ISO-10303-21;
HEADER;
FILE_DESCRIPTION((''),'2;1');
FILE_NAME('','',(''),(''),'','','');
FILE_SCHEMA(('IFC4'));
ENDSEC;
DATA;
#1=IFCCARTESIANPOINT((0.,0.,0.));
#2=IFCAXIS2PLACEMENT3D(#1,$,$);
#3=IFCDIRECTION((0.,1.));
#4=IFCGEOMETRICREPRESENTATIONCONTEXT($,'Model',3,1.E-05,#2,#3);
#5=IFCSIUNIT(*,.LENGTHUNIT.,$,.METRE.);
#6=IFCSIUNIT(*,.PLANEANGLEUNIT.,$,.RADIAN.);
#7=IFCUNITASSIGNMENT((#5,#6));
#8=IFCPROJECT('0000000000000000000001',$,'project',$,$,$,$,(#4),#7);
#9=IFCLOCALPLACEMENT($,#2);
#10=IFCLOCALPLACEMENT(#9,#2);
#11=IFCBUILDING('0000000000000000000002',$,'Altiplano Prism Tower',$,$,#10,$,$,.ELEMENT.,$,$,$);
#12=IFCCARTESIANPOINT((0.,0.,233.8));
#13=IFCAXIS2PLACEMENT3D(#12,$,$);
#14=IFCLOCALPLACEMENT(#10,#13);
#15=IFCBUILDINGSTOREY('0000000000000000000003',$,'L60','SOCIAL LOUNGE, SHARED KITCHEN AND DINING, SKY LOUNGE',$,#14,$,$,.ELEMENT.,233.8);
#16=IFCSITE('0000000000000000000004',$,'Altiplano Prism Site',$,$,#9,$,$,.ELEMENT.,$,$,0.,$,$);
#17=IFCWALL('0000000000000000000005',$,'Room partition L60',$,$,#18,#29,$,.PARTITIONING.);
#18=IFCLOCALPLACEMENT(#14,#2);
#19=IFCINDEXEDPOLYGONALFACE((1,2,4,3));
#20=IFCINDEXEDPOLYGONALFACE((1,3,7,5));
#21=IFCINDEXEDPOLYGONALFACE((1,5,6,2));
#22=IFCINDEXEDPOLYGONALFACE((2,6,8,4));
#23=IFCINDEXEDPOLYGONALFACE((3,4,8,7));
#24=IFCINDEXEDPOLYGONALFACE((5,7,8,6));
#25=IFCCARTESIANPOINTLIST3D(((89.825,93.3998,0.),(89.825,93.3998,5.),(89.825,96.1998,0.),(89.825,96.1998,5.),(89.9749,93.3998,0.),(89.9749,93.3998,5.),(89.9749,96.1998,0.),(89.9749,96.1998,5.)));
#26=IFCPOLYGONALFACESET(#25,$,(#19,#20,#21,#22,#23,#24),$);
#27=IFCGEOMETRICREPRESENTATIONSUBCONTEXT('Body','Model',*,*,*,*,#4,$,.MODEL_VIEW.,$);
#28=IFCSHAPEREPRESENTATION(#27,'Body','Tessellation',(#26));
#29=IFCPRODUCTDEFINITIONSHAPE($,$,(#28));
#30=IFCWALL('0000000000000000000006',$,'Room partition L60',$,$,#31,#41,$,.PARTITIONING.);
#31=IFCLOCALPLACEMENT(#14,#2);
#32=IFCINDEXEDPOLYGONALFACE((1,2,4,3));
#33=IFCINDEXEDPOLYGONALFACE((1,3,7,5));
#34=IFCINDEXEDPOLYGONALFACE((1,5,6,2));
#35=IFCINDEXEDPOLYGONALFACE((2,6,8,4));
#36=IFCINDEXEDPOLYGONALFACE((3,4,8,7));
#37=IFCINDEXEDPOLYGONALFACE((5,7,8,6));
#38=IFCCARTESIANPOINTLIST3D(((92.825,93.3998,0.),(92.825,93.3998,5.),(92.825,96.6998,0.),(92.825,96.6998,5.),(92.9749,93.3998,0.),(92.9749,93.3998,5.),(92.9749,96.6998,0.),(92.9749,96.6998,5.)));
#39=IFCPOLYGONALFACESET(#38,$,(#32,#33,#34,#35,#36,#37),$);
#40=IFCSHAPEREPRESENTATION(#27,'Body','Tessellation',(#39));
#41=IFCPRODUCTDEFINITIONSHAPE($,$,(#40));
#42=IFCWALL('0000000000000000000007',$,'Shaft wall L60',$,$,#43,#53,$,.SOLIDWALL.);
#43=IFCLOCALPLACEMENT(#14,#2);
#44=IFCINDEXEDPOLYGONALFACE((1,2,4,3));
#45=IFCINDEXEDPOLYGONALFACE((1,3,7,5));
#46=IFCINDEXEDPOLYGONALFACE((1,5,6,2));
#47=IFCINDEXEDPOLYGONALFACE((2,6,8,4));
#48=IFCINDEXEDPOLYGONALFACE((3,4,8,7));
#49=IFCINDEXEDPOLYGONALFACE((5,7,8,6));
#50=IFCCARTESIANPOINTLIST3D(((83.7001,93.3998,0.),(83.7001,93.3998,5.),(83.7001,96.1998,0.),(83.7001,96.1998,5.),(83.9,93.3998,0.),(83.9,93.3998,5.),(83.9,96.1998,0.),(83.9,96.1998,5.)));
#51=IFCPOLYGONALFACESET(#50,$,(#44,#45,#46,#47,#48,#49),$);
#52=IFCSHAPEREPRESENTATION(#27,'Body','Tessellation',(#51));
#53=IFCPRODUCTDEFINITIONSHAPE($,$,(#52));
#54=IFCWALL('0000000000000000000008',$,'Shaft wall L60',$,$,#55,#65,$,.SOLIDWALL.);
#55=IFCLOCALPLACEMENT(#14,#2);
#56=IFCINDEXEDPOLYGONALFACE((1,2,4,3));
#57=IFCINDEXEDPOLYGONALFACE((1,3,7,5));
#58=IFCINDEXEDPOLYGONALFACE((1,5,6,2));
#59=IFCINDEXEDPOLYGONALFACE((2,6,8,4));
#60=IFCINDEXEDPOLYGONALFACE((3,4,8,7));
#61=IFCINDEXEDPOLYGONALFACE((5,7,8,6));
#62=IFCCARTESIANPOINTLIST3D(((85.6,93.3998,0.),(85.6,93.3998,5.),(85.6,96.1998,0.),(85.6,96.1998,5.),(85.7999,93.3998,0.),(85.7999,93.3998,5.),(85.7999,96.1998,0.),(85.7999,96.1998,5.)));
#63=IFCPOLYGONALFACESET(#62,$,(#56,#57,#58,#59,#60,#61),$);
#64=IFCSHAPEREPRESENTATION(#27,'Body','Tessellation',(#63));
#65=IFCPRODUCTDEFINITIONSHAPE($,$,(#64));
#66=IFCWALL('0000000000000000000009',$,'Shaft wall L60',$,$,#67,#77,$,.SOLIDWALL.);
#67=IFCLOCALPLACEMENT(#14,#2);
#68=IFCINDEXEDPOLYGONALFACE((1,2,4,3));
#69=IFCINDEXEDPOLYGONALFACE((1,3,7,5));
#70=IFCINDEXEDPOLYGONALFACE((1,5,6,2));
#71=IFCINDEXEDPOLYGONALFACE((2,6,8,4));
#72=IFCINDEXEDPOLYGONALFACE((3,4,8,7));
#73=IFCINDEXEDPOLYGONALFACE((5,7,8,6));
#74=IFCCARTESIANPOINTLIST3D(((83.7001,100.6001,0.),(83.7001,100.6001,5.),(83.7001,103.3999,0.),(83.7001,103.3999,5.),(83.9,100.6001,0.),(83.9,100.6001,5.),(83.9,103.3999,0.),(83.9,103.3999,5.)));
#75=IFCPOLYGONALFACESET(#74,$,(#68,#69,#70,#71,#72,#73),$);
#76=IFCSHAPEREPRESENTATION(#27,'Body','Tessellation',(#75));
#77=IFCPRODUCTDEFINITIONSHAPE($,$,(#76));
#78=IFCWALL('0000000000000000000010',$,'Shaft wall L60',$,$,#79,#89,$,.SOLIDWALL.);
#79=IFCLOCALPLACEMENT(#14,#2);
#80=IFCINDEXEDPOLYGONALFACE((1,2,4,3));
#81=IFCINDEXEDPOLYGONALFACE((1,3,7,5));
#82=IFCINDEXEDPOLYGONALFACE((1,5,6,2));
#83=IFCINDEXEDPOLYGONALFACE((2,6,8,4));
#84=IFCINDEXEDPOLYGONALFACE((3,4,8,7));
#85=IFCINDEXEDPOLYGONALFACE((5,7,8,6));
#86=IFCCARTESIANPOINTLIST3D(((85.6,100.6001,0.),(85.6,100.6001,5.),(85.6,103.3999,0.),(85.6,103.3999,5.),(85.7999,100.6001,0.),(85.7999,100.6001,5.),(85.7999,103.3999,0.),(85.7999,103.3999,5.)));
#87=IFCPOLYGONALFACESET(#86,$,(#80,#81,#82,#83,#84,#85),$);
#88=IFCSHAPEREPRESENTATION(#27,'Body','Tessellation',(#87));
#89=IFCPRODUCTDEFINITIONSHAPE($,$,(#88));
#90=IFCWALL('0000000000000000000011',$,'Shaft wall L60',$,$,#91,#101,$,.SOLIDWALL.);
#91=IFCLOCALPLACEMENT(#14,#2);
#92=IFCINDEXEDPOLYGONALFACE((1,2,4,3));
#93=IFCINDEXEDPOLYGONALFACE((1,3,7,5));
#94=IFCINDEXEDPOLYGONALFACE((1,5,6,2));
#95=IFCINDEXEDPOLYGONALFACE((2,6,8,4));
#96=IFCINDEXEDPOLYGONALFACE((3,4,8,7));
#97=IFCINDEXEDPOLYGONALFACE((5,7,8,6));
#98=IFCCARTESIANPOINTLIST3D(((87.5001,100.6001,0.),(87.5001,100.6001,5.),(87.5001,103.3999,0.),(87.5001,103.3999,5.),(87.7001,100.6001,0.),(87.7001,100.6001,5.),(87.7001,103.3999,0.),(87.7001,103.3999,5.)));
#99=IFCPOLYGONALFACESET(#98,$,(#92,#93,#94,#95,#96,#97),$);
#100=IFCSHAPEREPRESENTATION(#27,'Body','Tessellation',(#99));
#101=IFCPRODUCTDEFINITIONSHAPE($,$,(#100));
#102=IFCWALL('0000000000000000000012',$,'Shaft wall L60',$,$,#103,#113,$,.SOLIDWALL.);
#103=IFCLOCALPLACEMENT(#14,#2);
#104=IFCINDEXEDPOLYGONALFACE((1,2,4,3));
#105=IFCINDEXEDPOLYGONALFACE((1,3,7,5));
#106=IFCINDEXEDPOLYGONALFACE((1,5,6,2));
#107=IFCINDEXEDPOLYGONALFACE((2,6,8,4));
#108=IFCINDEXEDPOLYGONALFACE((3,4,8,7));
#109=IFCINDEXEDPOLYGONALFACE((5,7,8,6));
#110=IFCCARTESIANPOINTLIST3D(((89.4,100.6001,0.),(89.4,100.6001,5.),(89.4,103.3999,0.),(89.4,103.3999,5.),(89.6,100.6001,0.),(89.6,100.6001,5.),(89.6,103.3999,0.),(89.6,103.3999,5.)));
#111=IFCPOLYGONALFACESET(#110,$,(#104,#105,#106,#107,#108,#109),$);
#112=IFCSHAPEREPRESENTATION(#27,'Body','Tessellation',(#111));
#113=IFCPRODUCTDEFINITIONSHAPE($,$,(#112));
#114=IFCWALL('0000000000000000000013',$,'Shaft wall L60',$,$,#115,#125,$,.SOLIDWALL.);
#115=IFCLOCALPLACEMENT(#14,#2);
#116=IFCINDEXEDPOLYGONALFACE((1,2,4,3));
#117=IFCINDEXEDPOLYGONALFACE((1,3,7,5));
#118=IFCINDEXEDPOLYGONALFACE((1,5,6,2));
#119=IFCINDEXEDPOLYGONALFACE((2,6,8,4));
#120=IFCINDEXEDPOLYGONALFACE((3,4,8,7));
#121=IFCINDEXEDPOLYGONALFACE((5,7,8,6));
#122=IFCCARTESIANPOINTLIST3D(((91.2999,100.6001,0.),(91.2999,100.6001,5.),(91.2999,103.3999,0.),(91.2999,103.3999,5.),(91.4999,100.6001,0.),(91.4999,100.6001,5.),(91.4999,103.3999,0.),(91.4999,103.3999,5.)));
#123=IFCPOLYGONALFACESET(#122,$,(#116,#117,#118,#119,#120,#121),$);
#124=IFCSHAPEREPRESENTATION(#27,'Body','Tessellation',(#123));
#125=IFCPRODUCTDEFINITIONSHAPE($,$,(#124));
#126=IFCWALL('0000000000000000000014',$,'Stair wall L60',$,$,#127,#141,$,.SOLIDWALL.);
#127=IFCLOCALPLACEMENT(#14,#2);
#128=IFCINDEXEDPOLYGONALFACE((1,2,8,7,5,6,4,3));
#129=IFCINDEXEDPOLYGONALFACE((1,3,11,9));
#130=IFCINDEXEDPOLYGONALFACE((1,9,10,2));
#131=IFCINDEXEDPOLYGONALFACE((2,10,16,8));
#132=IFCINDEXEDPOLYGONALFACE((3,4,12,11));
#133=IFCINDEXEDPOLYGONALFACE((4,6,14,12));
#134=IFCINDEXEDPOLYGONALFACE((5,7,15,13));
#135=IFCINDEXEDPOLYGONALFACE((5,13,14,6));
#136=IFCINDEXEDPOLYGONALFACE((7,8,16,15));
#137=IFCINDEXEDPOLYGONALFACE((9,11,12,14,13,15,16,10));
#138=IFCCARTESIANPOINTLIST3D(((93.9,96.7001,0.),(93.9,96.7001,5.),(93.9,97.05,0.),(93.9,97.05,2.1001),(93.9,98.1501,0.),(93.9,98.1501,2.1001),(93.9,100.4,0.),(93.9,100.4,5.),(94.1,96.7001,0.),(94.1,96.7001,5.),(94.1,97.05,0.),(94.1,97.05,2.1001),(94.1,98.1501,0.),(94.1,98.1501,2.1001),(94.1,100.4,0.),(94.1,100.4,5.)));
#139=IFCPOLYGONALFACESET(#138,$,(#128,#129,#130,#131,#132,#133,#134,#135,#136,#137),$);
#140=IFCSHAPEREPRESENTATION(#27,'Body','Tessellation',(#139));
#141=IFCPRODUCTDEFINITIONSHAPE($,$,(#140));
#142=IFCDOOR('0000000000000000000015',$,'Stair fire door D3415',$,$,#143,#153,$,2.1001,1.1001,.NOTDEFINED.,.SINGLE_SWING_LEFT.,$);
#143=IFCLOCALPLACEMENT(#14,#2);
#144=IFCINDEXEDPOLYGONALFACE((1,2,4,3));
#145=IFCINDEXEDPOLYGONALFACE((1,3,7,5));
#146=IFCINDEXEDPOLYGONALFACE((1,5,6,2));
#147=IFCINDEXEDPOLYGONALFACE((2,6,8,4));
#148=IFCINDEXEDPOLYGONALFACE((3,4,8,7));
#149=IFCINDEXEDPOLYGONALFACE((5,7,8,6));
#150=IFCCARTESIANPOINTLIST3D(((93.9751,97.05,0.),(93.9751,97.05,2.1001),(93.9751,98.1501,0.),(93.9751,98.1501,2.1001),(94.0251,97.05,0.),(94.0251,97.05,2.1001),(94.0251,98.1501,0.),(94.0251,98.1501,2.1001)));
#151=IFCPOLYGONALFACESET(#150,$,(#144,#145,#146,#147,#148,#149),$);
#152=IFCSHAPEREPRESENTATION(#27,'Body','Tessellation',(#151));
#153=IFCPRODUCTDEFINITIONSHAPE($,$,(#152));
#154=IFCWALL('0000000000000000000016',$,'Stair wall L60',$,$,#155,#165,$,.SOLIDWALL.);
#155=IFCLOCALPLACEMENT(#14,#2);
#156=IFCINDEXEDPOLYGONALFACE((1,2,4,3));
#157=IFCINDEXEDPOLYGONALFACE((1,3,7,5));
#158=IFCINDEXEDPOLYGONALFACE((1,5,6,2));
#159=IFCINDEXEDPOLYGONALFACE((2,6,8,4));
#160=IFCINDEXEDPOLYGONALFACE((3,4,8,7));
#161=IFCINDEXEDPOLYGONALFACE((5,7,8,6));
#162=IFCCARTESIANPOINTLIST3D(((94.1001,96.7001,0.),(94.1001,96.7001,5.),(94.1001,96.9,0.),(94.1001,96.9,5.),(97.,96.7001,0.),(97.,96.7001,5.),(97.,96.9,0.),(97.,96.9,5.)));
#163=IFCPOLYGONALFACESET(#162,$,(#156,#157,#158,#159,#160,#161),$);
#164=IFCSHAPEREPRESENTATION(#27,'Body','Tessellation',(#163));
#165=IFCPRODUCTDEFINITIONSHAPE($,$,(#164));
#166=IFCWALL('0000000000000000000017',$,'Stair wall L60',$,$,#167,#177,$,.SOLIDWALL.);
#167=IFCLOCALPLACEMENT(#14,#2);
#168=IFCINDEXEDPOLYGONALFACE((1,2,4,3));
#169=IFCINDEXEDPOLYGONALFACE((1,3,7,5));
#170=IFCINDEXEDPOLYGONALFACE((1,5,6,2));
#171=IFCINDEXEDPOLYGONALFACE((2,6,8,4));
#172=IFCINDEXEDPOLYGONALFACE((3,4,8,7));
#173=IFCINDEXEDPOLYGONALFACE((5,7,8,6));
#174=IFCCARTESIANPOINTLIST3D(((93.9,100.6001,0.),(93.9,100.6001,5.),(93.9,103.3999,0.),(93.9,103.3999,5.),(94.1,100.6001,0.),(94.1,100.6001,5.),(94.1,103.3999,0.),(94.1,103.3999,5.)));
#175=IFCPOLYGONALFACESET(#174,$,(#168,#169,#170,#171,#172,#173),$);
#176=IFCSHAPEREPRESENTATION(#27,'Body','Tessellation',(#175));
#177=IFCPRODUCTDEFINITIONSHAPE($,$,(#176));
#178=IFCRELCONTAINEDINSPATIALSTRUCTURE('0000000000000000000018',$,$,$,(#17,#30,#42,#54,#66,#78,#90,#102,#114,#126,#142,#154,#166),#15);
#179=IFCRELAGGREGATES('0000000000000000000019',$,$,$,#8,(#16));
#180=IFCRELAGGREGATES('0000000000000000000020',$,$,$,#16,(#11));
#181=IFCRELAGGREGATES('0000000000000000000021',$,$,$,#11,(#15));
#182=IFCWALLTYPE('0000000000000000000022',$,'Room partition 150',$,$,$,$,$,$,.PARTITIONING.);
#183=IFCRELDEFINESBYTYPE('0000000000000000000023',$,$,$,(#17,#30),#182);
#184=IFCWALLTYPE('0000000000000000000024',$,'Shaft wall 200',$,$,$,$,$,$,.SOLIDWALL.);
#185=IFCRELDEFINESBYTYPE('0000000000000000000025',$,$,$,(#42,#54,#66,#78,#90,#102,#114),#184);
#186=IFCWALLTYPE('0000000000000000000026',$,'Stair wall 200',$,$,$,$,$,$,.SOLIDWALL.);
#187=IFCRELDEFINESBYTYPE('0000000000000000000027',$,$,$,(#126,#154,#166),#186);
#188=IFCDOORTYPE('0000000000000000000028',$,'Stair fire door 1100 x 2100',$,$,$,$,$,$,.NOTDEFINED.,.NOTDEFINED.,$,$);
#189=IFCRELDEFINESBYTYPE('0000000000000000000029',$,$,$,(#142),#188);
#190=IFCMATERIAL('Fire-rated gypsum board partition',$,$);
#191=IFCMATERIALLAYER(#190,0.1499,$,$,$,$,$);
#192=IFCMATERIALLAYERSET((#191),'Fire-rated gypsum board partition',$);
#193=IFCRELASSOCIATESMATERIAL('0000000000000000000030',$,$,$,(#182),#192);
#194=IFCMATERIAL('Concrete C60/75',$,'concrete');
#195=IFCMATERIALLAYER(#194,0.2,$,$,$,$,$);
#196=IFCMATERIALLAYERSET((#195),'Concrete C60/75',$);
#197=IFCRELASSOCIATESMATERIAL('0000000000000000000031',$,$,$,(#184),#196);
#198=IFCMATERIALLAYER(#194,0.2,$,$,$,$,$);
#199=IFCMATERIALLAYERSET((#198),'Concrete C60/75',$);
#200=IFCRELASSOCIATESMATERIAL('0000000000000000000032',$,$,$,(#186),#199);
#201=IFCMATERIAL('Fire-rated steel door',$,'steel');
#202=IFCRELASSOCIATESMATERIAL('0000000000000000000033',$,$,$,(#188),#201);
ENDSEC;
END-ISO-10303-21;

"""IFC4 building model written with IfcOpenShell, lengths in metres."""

from ifc_helpers import new_model, si_unit, direction, frame, frame_2d, origin, place, context, subcontext, project, spatial, rectangle, extrude, material, layer, layer_set, type_object, element, fill, save


model = new_model("IFC4")

# Units and contexts
model_context = context("Model", 3, precision=1e-05, world=origin(), true_north=direction((0.0, 1.0)))
body_context = subcontext(model_context, "Body", "Model", "MODEL_VIEW")
ifc_project = project(units=[si_unit("LENGTHUNIT", "METRE"), si_unit("PLANEANGLEUNIT", "RADIAN")], contexts=[model_context])

# Site, building, storey
site_placement = place(None, origin())
site = spatial("IfcSite", under=ifc_project, at=site_placement, Name="Altiplano Prism Site", CompositionType="ELEMENT", RefElevation=0.0)
building_placement = place(site_placement, origin())
building = spatial("IfcBuilding", under=site, at=building_placement, Name="Altiplano Prism Tower", CompositionType="ELEMENT")
storey_placement = place(building_placement, frame((0.0, 0.0, 233.8)))
storey = spatial("IfcBuildingStorey", under=building, at=storey_placement, Name="L60", Description="SOCIAL LOUNGE, SHARED KITCHEN AND DINING, SKY LOUNGE", CompositionType="ELEMENT", Elevation=233.8)

# Walls
ifc_material_1 = material(Name="Fire-rated gypsum board partition")
ifc_layer_1 = layer(ifc_material_1, 0.1499)
ifc_layer_set_1 = layer_set([ifc_layer_1], Name="Fire-rated gypsum board partition")
wall_type_1 = type_object("IfcWallType", Name="Room partition 150", PredefinedType="PARTITIONING", material=ifc_layer_set_1)
wall_1_placement = place(storey_placement, frame((89.8999, 93.3999, 0.0), z_axis=(0.0, 0.0, 1.0), x_axis=(0.0, 1.0, 0.0)))
element("IfcWall", 1, at=wall_1_placement, inside=storey, type_object=wall_type_1, Name="Room partition L60", PredefinedType="PARTITIONING", context=body_context, shape_type="SweptSolid", body=[
    extrude(rectangle(XDim=2.8, YDim=0.1499, at=frame_2d((1.3999, 0.0))), origin(), (0.0, 0.0, 1.0), 5.0),
])
wall_2_placement = place(storey_placement, frame((92.8999, 93.3999, 0.0), z_axis=(0.0, 0.0, 1.0), x_axis=(0.0, 1.0, 0.0)))
element("IfcWall", 2, at=wall_2_placement, inside=storey, type_object=wall_type_1, Name="Room partition L60", PredefinedType="PARTITIONING", context=body_context, shape_type="SweptSolid", body=[
    extrude(rectangle(XDim=3.3, YDim=0.1499, at=frame_2d((1.6499, 0.0))), origin(), (0.0, 0.0, 1.0), 5.0),
])
ifc_material_2 = material(Name="Concrete C60/75", Category="concrete")
ifc_layer_2 = layer(ifc_material_2, 0.2)
ifc_layer_set_2 = layer_set([ifc_layer_2], Name="Concrete C60/75")
wall_type_2 = type_object("IfcWallType", Name="Shaft wall 200", PredefinedType="SOLIDWALL", material=ifc_layer_set_2)
for number, where, z_axis, x_axis, name in (
    (3, (83.8, 93.3999, 0.0), (0.0, 0.0, 1.0), (0.0, 1.0, 0.0), "Shaft wall L60"),
    (4, (85.7, 93.3999, 0.0), (0.0, 0.0, 1.0), (0.0, 1.0, 0.0), "Shaft wall L60"),
):
    element("IfcWall", number, at=place(storey_placement, frame(where, z_axis=z_axis, x_axis=x_axis)), inside=storey, type_object=wall_type_2, Name=name, PredefinedType="SOLIDWALL", context=body_context, shape_type="SweptSolid", body=[
        extrude(rectangle(XDim=2.8, YDim=0.2, at=frame_2d((1.3999, 0.0))), origin(), (0.0, 0.0, 1.0), 5.0),
    ])
for number, where, z_axis, x_axis, name in (
    (5, (83.8, 100.6001, 0.0), (0.0, 0.0, 1.0), (0.0, 1.0, 0.0), "Shaft wall L60"),
    (6, (85.7, 100.6001, 0.0), (0.0, 0.0, 1.0), (0.0, 1.0, 0.0), "Shaft wall L60"),
    (7, (87.6001, 100.6001, 0.0), (0.0, 0.0, 1.0), (0.0, 1.0, 0.0), "Shaft wall L60"),
    (8, (89.5, 100.6001, 0.0), (0.0, 0.0, 1.0), (0.0, 1.0, 0.0), "Shaft wall L60"),
    (9, (91.3999, 100.6001, 0.0), (0.0, 0.0, 1.0), (0.0, 1.0, 0.0), "Shaft wall L60"),
):
    element("IfcWall", number, at=place(storey_placement, frame(where, z_axis=z_axis, x_axis=x_axis)), inside=storey, type_object=wall_type_2, Name=name, PredefinedType="SOLIDWALL", context=body_context, shape_type="SweptSolid", body=[
        extrude(rectangle(XDim=2.7998, YDim=0.2, at=frame_2d((1.3999, 0.0))), origin(), (0.0, 0.0, 1.0), 5.0),
    ])

# Wall, opening, door
ifc_layer_3 = layer(ifc_material_2, 0.2)
ifc_layer_set_3 = layer_set([ifc_layer_3], Name="Concrete C60/75")
wall_type_3 = type_object("IfcWallType", Name="Stair wall 200", PredefinedType="SOLIDWALL", material=ifc_layer_set_3)
wall_3_placement = place(storey_placement, frame((94.0, 96.7, 0.0), z_axis=(0.0, 0.0, 1.0), x_axis=(0.0, 1.0, 0.0)))
wall_3 = element("IfcWall", 10, at=wall_3_placement, inside=storey, type_object=wall_type_3, Name="Stair wall L60", PredefinedType="SOLIDWALL", context=body_context, shape_type="SweptSolid", body=[
    extrude(rectangle(XDim=3.7, YDim=0.2, at=frame_2d((1.8501, 0.0))), origin(), (0.0, 0.0, 1.0), 5.0),
])
opening_1_placement = place(wall_3_placement, frame((0.3501, 0.0, 0.0)))
opening_1 = element("IfcOpeningElement", 11, at=opening_1_placement, cuts=wall_3, PredefinedType="OPENING", context=body_context, shape_type="SweptSolid", body=[
    extrude(rectangle(XDim=1.1001, YDim=2.1001, at=frame_2d((0.55, 1.05))), frame((0.0, 0.1104, 0.0), z_axis=(0.0, -1.0, 0.0), x_axis=(1.0, 0.0, 0.0)), (0.0, 0.0, 1.0), 0.2209),
])
ifc_material_3 = material(Name="Fire-rated steel door", Category="steel")
door_type_1 = type_object("IfcDoorType", Name="Stair fire door 1100 x 2100", OperationType="NOTDEFINED", PredefinedType="NOTDEFINED", material=ifc_material_3)
door_1_placement = place(opening_1_placement, origin())
door_1 = element("IfcDoor", 12, at=door_1_placement, inside=storey, type_object=door_type_1, Name="Stair fire door D3415", OperationType="SINGLE_SWING_LEFT", OverallHeight=2.1001, OverallWidth=1.1001, PredefinedType="NOTDEFINED", context=body_context, shape_type="SweptSolid", body=[
    extrude(rectangle(XDim=1.1001, YDim=2.1001, at=frame_2d((0.55, 1.05))), frame((0.0, 0.0249, 0.0), z_axis=(0.0, -1.0, 0.0), x_axis=(1.0, 0.0, 0.0)), (0.0, 0.0, 1.0), 0.05),
])
fill(opening_1, door_1)

# Walls
wall_4_placement = place(storey_placement, frame((94.1001, 96.8, 0.0), z_axis=(0.0, 0.0, 1.0), x_axis=(1.0, 0.0, 0.0)))
element("IfcWall", 13, at=wall_4_placement, inside=storey, type_object=wall_type_3, Name="Stair wall L60", PredefinedType="SOLIDWALL", context=body_context, shape_type="SweptSolid", body=[
    extrude(rectangle(XDim=2.8999, YDim=0.2, at=frame_2d((1.45, 0.0))), origin(), (0.0, 0.0, 1.0), 5.0),
])
wall_5_placement = place(storey_placement, frame((94.0, 100.6001, 0.0), z_axis=(0.0, 0.0, 1.0), x_axis=(0.0, 1.0, 0.0)))
element("IfcWall", 14, at=wall_5_placement, inside=storey, type_object=wall_type_3, Name="Stair wall L60", PredefinedType="SOLIDWALL", context=body_context, shape_type="SweptSolid", body=[
    extrude(rectangle(XDim=2.7998, YDim=0.2, at=frame_2d((1.3999, 0.0))), origin(), (0.0, 0.0, 1.0), 5.0),
])

save(model, "model.ifc")
